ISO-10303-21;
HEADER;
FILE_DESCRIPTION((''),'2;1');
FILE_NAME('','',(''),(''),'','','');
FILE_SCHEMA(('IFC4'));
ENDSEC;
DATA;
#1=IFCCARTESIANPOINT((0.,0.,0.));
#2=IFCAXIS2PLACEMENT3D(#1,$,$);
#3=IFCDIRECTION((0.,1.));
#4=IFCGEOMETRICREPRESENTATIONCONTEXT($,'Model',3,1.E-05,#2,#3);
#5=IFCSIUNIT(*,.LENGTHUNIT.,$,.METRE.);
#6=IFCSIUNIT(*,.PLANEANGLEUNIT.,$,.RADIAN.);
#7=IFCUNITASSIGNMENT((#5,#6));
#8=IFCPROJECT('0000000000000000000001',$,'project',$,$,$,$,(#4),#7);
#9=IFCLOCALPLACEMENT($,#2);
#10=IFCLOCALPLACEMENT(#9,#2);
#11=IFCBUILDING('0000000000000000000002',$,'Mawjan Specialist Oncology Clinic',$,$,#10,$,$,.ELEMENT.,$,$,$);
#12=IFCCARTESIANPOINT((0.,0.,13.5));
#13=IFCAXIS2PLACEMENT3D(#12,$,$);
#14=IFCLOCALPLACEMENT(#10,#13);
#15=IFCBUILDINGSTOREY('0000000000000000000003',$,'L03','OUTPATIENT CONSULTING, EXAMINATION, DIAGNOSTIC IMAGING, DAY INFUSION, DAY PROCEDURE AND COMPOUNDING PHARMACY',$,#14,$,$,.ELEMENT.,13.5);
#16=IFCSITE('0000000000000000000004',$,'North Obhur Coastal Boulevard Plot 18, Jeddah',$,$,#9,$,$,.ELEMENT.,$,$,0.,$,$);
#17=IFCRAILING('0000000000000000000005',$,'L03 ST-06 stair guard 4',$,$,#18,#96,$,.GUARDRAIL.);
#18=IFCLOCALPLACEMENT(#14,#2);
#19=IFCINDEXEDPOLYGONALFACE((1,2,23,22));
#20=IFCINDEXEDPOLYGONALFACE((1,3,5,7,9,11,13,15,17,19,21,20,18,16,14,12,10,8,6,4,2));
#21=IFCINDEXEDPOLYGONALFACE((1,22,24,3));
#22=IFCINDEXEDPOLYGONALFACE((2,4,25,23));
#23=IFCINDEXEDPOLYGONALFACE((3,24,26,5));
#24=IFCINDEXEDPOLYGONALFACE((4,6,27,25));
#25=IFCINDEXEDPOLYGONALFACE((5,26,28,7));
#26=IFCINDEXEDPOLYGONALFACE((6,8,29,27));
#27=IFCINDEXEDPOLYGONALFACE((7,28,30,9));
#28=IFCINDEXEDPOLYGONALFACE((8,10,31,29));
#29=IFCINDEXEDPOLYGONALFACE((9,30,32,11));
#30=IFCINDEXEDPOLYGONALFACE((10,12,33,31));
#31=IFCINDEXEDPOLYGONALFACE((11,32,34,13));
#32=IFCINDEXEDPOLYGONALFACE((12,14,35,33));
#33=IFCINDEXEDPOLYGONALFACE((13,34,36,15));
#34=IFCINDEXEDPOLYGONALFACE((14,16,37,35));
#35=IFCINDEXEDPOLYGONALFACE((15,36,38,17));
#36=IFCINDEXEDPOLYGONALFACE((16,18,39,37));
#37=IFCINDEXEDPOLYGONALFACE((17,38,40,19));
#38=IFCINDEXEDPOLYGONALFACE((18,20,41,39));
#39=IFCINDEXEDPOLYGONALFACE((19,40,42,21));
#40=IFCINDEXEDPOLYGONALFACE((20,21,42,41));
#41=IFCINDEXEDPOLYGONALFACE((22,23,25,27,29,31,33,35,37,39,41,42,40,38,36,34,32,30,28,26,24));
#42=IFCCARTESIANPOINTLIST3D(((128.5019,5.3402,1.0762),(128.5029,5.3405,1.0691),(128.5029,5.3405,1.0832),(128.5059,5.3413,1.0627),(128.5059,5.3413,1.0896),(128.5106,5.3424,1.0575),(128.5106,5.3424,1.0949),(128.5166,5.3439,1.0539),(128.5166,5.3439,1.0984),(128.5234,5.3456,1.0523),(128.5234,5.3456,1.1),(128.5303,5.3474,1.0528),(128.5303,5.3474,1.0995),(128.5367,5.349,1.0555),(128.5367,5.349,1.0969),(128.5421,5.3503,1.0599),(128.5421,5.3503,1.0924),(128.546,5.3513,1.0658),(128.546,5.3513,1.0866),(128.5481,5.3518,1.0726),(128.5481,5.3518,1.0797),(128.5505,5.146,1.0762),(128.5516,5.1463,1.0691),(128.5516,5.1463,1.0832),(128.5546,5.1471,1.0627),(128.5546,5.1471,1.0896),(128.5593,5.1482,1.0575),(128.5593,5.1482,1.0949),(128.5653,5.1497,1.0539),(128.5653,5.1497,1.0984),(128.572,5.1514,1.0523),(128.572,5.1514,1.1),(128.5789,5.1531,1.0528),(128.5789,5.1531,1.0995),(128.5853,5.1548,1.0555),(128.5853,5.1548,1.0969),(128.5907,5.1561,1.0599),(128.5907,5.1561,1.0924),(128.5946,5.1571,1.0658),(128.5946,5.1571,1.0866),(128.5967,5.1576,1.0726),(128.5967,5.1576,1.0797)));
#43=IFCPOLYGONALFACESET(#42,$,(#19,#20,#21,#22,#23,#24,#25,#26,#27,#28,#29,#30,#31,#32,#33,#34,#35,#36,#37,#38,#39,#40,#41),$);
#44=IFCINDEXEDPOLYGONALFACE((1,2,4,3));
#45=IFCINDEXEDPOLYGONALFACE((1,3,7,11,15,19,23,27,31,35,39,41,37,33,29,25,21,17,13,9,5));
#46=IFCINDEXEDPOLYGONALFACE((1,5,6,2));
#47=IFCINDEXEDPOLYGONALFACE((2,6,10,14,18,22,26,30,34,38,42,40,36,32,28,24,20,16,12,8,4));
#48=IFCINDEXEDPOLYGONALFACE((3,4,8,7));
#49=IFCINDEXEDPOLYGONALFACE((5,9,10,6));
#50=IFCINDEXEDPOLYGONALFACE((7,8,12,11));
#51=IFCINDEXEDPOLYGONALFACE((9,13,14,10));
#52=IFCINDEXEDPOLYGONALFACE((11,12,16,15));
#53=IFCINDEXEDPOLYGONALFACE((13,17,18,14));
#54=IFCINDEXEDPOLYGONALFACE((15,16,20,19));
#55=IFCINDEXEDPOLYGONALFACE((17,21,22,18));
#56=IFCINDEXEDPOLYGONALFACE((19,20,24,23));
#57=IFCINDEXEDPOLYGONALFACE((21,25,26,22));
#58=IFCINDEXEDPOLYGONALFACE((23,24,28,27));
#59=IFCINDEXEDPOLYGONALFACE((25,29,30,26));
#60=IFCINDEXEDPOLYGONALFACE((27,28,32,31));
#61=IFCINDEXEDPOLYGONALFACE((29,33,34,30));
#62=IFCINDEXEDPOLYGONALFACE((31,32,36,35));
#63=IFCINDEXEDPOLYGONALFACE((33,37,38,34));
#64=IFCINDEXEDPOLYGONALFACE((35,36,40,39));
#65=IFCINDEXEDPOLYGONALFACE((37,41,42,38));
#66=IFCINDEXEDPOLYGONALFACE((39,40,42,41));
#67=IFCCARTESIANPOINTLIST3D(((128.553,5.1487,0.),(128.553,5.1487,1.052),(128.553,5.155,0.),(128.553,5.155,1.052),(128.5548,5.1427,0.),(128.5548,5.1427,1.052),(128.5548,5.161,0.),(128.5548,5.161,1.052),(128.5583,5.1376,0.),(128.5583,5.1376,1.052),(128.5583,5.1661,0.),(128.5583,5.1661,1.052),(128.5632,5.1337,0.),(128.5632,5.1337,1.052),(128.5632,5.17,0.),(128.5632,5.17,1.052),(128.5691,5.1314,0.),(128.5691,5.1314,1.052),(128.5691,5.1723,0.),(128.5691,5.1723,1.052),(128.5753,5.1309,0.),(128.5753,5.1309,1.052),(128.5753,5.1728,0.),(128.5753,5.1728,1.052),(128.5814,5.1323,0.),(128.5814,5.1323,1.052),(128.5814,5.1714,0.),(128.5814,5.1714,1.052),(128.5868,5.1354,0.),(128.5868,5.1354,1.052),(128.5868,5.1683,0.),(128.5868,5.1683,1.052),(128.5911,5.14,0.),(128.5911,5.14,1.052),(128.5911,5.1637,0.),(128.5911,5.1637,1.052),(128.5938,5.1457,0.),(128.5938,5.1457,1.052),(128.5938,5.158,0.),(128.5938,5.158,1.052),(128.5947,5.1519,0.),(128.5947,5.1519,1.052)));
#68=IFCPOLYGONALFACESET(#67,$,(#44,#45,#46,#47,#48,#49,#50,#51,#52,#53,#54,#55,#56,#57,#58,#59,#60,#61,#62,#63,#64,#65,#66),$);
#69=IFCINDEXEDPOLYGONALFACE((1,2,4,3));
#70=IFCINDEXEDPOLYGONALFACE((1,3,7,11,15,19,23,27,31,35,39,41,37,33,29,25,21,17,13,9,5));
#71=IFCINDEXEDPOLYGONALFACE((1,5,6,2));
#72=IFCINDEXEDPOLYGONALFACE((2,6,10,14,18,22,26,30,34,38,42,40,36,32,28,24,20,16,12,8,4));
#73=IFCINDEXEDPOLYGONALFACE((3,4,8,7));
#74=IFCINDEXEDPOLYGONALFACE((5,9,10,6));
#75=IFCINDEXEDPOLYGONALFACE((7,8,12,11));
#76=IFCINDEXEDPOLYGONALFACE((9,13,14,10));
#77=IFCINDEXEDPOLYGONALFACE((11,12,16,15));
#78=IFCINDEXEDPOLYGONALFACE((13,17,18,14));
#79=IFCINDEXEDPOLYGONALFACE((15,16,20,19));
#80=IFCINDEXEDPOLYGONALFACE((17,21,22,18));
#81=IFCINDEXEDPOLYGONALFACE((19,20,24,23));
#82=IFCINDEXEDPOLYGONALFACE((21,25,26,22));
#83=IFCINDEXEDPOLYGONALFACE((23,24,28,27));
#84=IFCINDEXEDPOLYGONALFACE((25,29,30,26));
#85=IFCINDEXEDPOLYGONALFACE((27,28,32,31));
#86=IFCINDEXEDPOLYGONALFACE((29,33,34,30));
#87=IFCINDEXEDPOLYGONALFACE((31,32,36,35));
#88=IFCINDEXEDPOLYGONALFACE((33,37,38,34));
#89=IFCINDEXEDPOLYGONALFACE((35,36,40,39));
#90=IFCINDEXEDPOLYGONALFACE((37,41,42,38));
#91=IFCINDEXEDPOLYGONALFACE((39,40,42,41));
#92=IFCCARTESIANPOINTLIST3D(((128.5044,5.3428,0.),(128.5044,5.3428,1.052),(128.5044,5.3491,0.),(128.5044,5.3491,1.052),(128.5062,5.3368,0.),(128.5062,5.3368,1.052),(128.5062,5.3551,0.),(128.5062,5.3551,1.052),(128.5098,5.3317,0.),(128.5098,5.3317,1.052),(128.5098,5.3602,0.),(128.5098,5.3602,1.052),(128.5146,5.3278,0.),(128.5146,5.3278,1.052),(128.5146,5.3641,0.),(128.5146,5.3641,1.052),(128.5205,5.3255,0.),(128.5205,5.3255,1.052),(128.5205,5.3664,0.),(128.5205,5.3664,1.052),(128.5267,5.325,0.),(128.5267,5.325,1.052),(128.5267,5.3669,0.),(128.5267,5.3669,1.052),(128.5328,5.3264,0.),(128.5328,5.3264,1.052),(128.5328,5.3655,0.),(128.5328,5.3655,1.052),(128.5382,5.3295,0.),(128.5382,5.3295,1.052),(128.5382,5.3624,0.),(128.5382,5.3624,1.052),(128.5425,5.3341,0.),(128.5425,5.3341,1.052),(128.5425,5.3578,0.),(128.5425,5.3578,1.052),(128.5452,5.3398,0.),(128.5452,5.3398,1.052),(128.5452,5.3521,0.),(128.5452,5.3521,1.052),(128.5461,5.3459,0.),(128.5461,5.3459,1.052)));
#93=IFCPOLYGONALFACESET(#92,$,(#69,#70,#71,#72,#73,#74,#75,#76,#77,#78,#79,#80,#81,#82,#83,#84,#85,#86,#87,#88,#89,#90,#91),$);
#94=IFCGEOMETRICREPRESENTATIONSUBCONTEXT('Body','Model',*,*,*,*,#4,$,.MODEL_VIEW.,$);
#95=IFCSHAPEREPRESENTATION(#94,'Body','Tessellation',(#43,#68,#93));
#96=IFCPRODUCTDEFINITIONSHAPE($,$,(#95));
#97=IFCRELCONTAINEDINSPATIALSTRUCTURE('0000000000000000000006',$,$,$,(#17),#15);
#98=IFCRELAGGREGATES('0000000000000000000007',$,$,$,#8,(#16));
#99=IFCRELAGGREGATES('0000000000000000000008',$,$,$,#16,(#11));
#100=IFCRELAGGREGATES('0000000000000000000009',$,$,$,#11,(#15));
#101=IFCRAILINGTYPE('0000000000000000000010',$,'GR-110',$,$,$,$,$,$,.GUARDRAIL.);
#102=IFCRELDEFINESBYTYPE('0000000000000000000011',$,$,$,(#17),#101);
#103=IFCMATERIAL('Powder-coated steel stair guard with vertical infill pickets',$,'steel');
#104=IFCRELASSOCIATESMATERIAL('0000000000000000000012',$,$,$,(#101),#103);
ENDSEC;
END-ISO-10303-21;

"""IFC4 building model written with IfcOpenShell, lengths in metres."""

from ifc_helpers import new_model, si_unit, direction, frame, origin, origin_2d, place, context, subcontext, project, spatial, circle, extrude, material, type_object, element, save


model = new_model("IFC4")

# Units and contexts
model_context = context("Model", 3, precision=1e-05, world=origin(), true_north=direction((0.0, 1.0)))
body_context = subcontext(model_context, "Body", "Model", "MODEL_VIEW")
ifc_project = project(units=[si_unit("LENGTHUNIT", "METRE"), si_unit("PLANEANGLEUNIT", "RADIAN")], contexts=[model_context])

# Site, building, storey
site_placement = place(None, origin())
site = spatial("IfcSite", under=ifc_project, at=site_placement, Name="North Obhur Coastal Boulevard Plot 18, Jeddah", CompositionType="ELEMENT", RefElevation=0.0)
building_placement = place(site_placement, origin())
building = spatial("IfcBuilding", under=site, at=building_placement, Name="Mawjan Specialist Oncology Clinic", CompositionType="ELEMENT")
storey_placement = place(building_placement, frame((0.0, 0.0, 13.5)))
storey = spatial("IfcBuildingStorey", under=building, at=storey_placement, Name="L03", Description="OUTPATIENT CONSULTING, EXAMINATION, DIAGNOSTIC IMAGING, DAY INFUSION, DAY PROCEDURE AND COMPOUNDING PHARMACY", CompositionType="ELEMENT", Elevation=13.5)

# Railing
ifc_material_1 = material(Name="Powder-coated steel stair guard with vertical infill pickets", Category="steel")
railing_type_1 = type_object("IfcRailingType", Name="GR-110", PredefinedType="GUARDRAIL", material=ifc_material_1)
railing_1_placement = place(storey_placement, frame((128.5737, 5.1519, 0.0)))
element("IfcRailing", 1, at=railing_1_placement, inside=storey, type_object=railing_type_1, Name="L03 ST-06 stair guard 4", PredefinedType="GUARDRAIL", context=body_context, shape_type="SweptSolid", body=[
    extrude(circle(Radius=0.0239, at=origin_2d()), frame((0.0, 0.0, 1.0762), z_axis=(-0.242823, 0.970071, 0.0), x_axis=(-0.970071, -0.242823, 0.0)), (0.0, 0.0, 1.0), 0.2002),
    extrude(circle(Radius=0.021, at=origin_2d()), origin(), (0.0, 0.0, 1.0), 1.052),
    extrude(circle(Radius=0.021, at=origin_2d()), frame((-0.0486, 0.1941, 0.0)), (0.0, 0.0, 1.0), 1.052),
])

save(model, "model.ifc")
